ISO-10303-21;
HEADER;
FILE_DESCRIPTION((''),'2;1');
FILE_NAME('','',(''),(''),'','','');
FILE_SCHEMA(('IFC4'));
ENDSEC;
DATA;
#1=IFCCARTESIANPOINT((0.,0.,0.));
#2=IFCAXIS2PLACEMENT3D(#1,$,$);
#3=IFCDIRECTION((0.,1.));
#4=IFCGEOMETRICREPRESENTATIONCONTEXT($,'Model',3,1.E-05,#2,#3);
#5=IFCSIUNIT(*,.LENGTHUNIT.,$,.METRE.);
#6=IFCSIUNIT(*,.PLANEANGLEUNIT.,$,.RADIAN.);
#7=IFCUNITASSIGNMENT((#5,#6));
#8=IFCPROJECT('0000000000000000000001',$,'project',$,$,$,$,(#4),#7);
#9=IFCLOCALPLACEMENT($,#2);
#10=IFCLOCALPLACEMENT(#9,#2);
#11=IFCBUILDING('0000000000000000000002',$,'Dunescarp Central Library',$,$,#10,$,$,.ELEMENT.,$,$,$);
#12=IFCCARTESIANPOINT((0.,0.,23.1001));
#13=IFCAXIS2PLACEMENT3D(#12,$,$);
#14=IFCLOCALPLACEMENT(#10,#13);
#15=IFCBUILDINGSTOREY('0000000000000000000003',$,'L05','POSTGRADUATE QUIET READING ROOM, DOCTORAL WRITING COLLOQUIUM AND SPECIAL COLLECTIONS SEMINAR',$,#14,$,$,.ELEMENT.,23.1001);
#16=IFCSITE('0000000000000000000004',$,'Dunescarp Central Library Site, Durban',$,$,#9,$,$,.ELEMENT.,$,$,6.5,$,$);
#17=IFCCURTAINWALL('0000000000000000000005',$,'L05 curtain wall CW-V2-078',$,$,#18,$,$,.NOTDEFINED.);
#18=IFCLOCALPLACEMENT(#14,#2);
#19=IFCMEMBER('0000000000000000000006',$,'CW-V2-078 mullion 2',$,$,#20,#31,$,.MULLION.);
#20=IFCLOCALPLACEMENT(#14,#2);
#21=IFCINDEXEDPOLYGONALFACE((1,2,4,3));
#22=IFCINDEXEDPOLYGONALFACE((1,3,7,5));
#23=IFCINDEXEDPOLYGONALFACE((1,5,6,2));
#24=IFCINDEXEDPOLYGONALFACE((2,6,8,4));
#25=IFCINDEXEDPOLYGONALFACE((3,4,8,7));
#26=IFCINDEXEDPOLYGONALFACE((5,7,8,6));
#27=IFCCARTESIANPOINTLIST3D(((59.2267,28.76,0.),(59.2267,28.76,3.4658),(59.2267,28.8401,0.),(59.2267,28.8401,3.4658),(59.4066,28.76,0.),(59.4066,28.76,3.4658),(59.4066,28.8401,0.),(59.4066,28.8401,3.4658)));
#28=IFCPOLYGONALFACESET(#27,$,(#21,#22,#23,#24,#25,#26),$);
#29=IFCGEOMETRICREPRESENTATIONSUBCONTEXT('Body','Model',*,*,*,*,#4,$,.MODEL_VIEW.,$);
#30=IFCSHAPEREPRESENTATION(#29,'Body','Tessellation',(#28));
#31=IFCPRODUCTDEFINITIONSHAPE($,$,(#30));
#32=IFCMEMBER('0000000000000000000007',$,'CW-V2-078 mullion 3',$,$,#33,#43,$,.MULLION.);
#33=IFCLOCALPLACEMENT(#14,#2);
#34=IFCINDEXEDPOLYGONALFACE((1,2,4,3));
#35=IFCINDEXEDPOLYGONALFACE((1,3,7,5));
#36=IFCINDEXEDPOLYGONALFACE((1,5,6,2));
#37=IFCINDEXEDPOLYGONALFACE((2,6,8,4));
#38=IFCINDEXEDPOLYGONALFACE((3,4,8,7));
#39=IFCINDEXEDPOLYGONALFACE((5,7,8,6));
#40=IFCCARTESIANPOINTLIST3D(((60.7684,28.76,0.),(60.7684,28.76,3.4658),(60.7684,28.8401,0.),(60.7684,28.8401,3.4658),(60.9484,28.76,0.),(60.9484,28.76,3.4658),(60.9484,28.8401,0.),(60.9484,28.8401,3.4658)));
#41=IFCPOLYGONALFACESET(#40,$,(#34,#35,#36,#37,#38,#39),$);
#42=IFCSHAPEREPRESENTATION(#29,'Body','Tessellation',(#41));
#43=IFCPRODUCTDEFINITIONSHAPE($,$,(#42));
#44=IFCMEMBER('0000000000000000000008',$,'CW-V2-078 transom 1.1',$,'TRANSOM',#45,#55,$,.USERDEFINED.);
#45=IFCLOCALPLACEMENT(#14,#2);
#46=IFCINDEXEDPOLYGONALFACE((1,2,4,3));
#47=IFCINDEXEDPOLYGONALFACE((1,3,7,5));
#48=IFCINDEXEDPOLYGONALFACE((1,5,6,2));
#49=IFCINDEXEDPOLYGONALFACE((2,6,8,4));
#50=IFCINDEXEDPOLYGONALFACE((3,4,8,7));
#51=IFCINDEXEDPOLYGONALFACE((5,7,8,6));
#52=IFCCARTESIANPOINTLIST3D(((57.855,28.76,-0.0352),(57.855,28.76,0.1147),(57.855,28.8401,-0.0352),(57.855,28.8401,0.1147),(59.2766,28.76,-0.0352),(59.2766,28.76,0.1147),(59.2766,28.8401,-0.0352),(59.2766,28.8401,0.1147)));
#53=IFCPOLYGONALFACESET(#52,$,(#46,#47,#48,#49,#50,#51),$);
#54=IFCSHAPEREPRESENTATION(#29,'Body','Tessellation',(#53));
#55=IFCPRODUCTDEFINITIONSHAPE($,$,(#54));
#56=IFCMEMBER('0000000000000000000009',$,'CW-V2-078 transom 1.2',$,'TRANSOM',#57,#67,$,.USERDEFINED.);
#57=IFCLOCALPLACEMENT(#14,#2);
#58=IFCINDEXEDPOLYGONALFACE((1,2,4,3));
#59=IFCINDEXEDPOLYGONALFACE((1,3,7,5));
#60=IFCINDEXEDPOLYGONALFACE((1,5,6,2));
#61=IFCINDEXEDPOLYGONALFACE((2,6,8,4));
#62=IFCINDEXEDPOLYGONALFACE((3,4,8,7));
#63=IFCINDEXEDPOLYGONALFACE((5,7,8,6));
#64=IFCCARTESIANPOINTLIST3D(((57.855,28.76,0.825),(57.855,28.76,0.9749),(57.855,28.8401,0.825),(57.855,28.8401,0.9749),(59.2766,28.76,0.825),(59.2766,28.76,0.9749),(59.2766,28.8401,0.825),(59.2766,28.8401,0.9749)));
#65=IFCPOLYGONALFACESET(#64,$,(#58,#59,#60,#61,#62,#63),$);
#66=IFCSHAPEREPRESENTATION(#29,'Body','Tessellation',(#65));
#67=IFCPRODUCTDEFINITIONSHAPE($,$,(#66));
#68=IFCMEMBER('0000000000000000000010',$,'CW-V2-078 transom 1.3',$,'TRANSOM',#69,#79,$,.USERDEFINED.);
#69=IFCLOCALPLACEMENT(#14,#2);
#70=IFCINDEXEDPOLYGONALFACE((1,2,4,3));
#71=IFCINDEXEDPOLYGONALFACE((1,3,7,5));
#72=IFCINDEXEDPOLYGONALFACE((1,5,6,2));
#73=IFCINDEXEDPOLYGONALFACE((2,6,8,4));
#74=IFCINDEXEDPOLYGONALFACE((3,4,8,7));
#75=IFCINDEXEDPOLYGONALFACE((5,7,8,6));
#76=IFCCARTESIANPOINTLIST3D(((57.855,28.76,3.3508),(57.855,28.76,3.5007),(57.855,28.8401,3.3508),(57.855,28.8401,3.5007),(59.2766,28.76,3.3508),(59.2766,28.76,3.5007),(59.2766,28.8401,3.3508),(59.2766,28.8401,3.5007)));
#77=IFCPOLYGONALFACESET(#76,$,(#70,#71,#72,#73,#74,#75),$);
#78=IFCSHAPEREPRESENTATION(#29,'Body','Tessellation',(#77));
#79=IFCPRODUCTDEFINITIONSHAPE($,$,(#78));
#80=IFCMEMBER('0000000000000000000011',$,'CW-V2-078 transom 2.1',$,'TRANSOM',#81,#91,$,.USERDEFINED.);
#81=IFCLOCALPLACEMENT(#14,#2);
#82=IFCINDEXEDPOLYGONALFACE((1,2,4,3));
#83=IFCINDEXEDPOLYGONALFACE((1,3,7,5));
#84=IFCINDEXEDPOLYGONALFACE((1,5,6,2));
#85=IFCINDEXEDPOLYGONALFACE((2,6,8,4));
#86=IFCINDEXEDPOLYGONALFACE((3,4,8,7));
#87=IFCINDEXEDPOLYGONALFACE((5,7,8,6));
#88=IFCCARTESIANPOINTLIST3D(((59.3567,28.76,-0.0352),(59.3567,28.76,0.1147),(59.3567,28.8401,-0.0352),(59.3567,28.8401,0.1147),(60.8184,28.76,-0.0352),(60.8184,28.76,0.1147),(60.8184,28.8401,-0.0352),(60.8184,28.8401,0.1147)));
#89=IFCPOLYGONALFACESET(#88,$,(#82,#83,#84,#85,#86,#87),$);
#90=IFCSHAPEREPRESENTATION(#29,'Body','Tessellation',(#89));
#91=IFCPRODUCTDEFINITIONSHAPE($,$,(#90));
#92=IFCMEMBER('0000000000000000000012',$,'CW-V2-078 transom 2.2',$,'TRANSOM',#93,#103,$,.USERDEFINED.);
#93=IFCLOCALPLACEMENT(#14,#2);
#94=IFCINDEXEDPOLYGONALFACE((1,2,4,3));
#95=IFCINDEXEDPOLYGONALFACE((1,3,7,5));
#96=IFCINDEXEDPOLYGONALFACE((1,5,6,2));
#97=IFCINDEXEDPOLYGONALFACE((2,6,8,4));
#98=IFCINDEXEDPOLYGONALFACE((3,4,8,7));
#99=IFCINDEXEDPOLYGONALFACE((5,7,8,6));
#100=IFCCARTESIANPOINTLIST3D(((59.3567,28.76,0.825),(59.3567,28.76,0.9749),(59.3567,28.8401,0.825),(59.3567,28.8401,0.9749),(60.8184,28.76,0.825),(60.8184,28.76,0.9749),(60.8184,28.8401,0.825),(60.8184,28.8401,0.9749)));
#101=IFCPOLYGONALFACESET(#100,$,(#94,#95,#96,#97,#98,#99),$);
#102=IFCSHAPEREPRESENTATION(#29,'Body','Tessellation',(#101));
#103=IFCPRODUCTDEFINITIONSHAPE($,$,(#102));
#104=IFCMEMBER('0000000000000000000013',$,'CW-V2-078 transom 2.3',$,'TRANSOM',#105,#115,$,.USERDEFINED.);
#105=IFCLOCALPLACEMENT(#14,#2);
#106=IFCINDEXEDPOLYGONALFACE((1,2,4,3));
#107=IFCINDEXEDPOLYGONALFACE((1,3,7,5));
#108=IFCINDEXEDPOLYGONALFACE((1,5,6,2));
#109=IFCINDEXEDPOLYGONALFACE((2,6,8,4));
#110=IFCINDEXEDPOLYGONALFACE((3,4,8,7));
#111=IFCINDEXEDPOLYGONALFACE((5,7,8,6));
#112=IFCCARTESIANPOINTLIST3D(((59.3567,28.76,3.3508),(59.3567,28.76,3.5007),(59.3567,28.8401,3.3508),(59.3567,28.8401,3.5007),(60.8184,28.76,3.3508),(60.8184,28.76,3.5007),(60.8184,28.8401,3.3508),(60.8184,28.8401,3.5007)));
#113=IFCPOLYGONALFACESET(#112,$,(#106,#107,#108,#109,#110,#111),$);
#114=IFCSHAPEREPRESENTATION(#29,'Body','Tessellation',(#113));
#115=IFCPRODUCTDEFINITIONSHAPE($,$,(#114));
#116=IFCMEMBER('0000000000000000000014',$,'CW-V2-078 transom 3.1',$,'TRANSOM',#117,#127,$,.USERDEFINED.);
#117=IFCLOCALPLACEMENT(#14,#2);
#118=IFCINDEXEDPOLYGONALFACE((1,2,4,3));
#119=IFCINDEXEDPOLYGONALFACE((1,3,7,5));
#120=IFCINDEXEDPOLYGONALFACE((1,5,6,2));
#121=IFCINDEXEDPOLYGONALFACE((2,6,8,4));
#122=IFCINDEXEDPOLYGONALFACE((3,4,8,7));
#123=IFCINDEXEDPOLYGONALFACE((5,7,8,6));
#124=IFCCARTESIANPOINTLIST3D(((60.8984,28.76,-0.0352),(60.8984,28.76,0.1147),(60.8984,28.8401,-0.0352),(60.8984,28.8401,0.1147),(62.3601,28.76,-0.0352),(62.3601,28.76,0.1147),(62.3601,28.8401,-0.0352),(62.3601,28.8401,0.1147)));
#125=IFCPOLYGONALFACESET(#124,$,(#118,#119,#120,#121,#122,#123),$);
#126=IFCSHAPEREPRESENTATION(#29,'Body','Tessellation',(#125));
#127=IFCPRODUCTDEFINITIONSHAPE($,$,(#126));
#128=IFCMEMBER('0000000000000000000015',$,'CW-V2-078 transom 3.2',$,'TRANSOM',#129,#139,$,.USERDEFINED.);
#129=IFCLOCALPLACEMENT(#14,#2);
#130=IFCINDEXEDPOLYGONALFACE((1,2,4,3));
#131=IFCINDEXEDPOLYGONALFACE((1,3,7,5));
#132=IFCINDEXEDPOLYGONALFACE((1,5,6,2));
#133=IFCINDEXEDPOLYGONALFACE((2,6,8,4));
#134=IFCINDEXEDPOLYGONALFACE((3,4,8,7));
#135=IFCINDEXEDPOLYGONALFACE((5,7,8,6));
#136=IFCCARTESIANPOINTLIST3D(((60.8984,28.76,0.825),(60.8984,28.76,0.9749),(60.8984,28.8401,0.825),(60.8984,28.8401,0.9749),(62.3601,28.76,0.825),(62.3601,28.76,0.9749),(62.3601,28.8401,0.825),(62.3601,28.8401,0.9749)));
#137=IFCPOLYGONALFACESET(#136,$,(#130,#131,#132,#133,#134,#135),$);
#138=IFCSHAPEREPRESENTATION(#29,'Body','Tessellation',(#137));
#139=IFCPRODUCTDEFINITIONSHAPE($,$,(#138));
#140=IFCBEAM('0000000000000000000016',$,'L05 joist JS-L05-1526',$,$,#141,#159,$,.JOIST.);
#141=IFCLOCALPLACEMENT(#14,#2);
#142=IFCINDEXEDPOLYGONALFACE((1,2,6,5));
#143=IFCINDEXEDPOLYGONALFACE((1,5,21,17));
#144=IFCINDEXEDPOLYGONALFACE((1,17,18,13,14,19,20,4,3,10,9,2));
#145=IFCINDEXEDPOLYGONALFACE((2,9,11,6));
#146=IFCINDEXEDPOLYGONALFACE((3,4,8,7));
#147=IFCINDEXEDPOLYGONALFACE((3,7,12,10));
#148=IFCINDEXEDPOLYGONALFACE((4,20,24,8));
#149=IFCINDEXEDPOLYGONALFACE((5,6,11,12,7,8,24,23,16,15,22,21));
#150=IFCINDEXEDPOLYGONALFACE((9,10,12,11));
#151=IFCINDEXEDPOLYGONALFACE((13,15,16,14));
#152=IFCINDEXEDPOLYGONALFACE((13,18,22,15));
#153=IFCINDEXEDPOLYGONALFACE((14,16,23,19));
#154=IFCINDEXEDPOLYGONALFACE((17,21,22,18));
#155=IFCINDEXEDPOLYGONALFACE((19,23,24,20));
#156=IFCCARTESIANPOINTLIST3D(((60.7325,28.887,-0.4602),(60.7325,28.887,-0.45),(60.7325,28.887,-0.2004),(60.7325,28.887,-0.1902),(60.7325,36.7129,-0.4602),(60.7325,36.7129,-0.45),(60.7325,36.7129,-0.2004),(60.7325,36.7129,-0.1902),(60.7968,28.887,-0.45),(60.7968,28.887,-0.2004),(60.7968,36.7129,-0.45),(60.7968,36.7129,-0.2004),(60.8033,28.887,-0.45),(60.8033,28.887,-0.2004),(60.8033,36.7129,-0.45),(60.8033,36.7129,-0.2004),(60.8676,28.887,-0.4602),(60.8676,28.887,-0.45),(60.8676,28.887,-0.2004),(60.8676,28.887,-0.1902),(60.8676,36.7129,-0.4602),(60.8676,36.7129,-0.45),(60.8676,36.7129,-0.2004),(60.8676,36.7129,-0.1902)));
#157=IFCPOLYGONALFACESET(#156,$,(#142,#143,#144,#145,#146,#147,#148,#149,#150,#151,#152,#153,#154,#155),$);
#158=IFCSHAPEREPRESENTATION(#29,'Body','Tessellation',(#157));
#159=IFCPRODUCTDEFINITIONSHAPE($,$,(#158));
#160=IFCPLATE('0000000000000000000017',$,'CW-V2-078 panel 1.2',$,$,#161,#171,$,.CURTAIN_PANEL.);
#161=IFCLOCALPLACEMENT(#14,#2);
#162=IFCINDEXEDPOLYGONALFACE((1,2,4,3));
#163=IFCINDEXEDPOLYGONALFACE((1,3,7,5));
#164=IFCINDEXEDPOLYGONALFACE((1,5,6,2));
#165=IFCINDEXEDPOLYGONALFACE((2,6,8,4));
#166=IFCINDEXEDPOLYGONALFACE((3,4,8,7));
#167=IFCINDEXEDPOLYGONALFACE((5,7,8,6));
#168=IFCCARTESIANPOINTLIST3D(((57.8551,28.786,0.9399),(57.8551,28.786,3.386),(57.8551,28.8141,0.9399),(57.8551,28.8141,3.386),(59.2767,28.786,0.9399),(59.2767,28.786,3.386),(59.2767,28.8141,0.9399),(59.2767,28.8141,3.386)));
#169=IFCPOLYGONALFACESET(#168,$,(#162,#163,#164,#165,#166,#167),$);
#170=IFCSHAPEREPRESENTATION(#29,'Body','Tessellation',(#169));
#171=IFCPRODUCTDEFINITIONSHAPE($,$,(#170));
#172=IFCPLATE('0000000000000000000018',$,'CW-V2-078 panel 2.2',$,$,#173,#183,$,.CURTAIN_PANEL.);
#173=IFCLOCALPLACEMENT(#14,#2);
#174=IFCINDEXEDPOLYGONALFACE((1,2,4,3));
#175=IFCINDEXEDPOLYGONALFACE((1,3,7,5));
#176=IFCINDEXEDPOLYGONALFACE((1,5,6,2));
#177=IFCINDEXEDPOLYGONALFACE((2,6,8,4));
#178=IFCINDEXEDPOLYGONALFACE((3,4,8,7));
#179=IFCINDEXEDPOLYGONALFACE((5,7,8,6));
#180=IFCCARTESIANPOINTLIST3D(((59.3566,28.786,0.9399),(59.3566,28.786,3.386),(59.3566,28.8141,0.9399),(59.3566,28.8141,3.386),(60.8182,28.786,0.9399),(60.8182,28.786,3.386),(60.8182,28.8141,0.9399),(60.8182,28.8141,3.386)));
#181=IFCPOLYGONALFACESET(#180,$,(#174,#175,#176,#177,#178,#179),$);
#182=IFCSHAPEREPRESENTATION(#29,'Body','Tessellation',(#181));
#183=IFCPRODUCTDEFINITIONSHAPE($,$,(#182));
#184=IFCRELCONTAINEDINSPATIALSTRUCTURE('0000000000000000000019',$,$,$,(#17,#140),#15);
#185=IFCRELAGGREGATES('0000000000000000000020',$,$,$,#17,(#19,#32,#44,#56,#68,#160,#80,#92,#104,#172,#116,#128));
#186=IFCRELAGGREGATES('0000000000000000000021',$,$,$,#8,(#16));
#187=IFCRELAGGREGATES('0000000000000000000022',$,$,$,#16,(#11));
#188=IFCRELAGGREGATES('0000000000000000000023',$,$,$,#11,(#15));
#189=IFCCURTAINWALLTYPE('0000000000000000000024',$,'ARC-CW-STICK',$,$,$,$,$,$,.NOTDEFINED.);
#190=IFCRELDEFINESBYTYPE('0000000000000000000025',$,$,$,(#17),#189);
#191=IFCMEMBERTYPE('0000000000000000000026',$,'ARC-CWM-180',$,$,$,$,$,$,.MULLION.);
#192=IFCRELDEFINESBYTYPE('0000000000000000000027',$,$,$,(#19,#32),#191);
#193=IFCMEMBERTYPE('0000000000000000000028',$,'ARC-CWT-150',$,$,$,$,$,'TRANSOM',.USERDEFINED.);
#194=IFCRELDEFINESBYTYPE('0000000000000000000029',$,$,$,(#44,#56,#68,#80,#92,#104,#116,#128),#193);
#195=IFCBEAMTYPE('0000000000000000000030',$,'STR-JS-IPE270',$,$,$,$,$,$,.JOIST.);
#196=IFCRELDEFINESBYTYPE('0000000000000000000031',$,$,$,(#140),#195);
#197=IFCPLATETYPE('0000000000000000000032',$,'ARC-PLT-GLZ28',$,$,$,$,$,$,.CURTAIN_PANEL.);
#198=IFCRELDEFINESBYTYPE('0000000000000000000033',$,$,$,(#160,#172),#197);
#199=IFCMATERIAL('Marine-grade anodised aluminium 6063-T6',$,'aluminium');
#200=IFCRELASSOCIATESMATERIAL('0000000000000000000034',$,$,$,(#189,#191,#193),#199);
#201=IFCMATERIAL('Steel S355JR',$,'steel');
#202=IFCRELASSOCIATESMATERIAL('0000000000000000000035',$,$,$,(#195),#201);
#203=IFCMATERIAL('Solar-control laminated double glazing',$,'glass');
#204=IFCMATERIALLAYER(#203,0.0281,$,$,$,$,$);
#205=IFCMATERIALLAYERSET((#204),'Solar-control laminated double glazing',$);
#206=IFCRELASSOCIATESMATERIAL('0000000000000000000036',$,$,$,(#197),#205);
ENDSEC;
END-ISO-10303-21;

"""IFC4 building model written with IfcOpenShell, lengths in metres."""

from ifc_helpers import new_model, si_unit, direction, frame, origin, origin_2d, place, context, subcontext, project, spatial, rectangle, i_section, extrude, material, layer, layer_set, material_profile, profile_set, type_object, element, aggregate, save


model = new_model("IFC4")

# Units and contexts
model_context = context("Model", 3, precision=1e-05, world=origin(), true_north=direction((0.0, 1.0)))
body_context = subcontext(model_context, "Body", "Model", "MODEL_VIEW")
ifc_project = project(units=[si_unit("LENGTHUNIT", "METRE"), si_unit("PLANEANGLEUNIT", "RADIAN")], contexts=[model_context])

# Site, building, storey
site_placement = place(None, origin())
site = spatial("IfcSite", under=ifc_project, at=site_placement, Name="Dunescarp Central Library Site, Durban", CompositionType="ELEMENT", RefElevation=6.5)
building_placement = place(site_placement, origin())
building = spatial("IfcBuilding", under=site, at=building_placement, Name="Dunescarp Central Library", CompositionType="ELEMENT")
storey_placement = place(building_placement, frame((0.0, 0.0, 23.1001)))
storey = spatial("IfcBuildingStorey", under=building, at=storey_placement, Name="L05", Description="POSTGRADUATE QUIET READING ROOM, DOCTORAL WRITING COLLOQUIUM AND SPECIAL COLLECTIONS SEMINAR", CompositionType="ELEMENT", Elevation=23.1001)

# Curtain wall, members
ifc_material_1 = material(Name="Marine-grade anodised aluminium 6063-T6", Category="aluminium")
curtain_wall_type = type_object("IfcCurtainWallType", Name="ARC-CW-STICK", PredefinedType="NOTDEFINED", material=ifc_material_1)
curtain_wall_placement = place(storey_placement, origin())
curtain_wall = element("IfcCurtainWall", 1, at=curtain_wall_placement, inside=storey, type_object=curtain_wall_type, Name="L05 curtain wall CW-V2-078", PredefinedType="NOTDEFINED")
ifc_material_profile_1 = material_profile(ifc_material_1, rectangle(XDim=0.0801, YDim=0.1799, at=origin_2d()), Name="AL 80x180")
ifc_profile_set_1 = profile_set([ifc_material_profile_1], Name="Marine-grade anodised aluminium 6063-T6")
member_type_1 = type_object("IfcMemberType", Name="ARC-CWM-180", PredefinedType="MULLION", material=ifc_profile_set_1)
member_1_placement = place(storey_placement, frame((59.3167, 28.8, 0.0), z_axis=(0.0, 0.0, 1.0), x_axis=(0.0, 1.0, 0.0)))
member_1 = element("IfcMember", 2, at=member_1_placement, type_object=member_type_1, Name="CW-V2-078 mullion 2", PredefinedType="MULLION", context=body_context, shape_type="SweptSolid", body=[
    extrude(rectangle(XDim=0.0801, YDim=0.1799, at=origin_2d()), origin(), (0.0, 0.0, 1.0), 3.4658),
])
member_2_placement = place(storey_placement, frame((60.8584, 28.8, 0.0), z_axis=(0.0, 0.0, 1.0), x_axis=(0.0, 1.0, 0.0)))
member_2 = element("IfcMember", 3, at=member_2_placement, type_object=member_type_1, Name="CW-V2-078 mullion 3", PredefinedType="MULLION", context=body_context, shape_type="SweptSolid", body=[
    extrude(rectangle(XDim=0.0801, YDim=0.1799, at=origin_2d()), origin(), (0.0, 0.0, 1.0), 3.4658),
])
ifc_material_profile_2 = material_profile(ifc_material_1, rectangle(XDim=0.0801, YDim=0.1499, at=origin_2d()), Name="AL 80x150")
ifc_profile_set_2 = profile_set([ifc_material_profile_2], Name="Marine-grade anodised aluminium 6063-T6")
member_type_2 = type_object("IfcMemberType", Name="ARC-CWT-150", ElementType="TRANSOM", PredefinedType="USERDEFINED", material=ifc_profile_set_2)
member_3_placement = place(storey_placement, frame((57.855, 28.8, 0.0398), z_axis=(1.0, 0.0, 0.0), x_axis=(0.0, 1.0, 0.0)))
member_3 = element("IfcMember", 4, at=member_3_placement, type_object=member_type_2, Name="CW-V2-078 transom 1.1", ObjectType="TRANSOM", PredefinedType="USERDEFINED", context=body_context, shape_type="SweptSolid", body=[
    extrude(rectangle(XDim=0.0801, YDim=0.1499, at=origin_2d()), origin(), (0.0, 0.0, 1.0), 1.4216),
])
member_4_placement = place(storey_placement, frame((57.855, 28.8, 0.8999), z_axis=(1.0, 0.0, 0.0), x_axis=(0.0, 1.0, 0.0)))
member_4 = element("IfcMember", 5, at=member_4_placement, type_object=member_type_2, Name="CW-V2-078 transom 1.2", ObjectType="TRANSOM", PredefinedType="USERDEFINED", context=body_context, shape_type="SweptSolid", body=[
    extrude(rectangle(XDim=0.0801, YDim=0.1499, at=origin_2d()), origin(), (0.0, 0.0, 1.0), 1.4216),
])
member_5_placement = place(storey_placement, frame((57.855, 28.8, 3.4258), z_axis=(1.0, 0.0, 0.0), x_axis=(0.0, 1.0, 0.0)))
member_5 = element("IfcMember", 6, at=member_5_placement, type_object=member_type_2, Name="CW-V2-078 transom 1.3", ObjectType="TRANSOM", PredefinedType="USERDEFINED", context=body_context, shape_type="SweptSolid", body=[
    extrude(rectangle(XDim=0.0801, YDim=0.1499, at=origin_2d()), origin(), (0.0, 0.0, 1.0), 1.4216),
])
member_6_placement = place(storey_placement, frame((59.3567, 28.8, 0.0398), z_axis=(1.0, 0.0, 0.0), x_axis=(0.0, 1.0, 0.0)))
member_6 = element("IfcMember", 7, at=member_6_placement, type_object=member_type_2, Name="CW-V2-078 transom 2.1", ObjectType="TRANSOM", PredefinedType="USERDEFINED", context=body_context, shape_type="SweptSolid", body=[
    extrude(rectangle(XDim=0.0801, YDim=0.1499, at=origin_2d()), origin(), (0.0, 0.0, 1.0), 1.4617),
])
member_7_placement = place(storey_placement, frame((59.3567, 28.8, 0.8999), z_axis=(1.0, 0.0, 0.0), x_axis=(0.0, 1.0, 0.0)))
member_7 = element("IfcMember", 8, at=member_7_placement, type_object=member_type_2, Name="CW-V2-078 transom 2.2", ObjectType="TRANSOM", PredefinedType="USERDEFINED", context=body_context, shape_type="SweptSolid", body=[
    extrude(rectangle(XDim=0.0801, YDim=0.1499, at=origin_2d()), origin(), (0.0, 0.0, 1.0), 1.4617),
])
member_8_placement = place(storey_placement, frame((59.3567, 28.8, 3.4258), z_axis=(1.0, 0.0, 0.0), x_axis=(0.0, 1.0, 0.0)))
member_8 = element("IfcMember", 9, at=member_8_placement, type_object=member_type_2, Name="CW-V2-078 transom 2.3", ObjectType="TRANSOM", PredefinedType="USERDEFINED", context=body_context, shape_type="SweptSolid", body=[
    extrude(rectangle(XDim=0.0801, YDim=0.1499, at=origin_2d()), origin(), (0.0, 0.0, 1.0), 1.4617),
])
member_9_placement = place(storey_placement, frame((60.8984, 28.8, 0.0398), z_axis=(1.0, 0.0, 0.0), x_axis=(0.0, 1.0, 0.0)))
member_9 = element("IfcMember", 10, at=member_9_placement, type_object=member_type_2, Name="CW-V2-078 transom 3.1", ObjectType="TRANSOM", PredefinedType="USERDEFINED", context=body_context, shape_type="SweptSolid", body=[
    extrude(rectangle(XDim=0.0801, YDim=0.1499, at=origin_2d()), origin(), (0.0, 0.0, 1.0), 1.4617),
])
member_10_placement = place(storey_placement, frame((60.8984, 28.8, 0.8999), z_axis=(1.0, 0.0, 0.0), x_axis=(0.0, 1.0, 0.0)))
member_10 = element("IfcMember", 11, at=member_10_placement, type_object=member_type_2, Name="CW-V2-078 transom 3.2", ObjectType="TRANSOM", PredefinedType="USERDEFINED", context=body_context, shape_type="SweptSolid", body=[
    extrude(rectangle(XDim=0.0801, YDim=0.1499, at=origin_2d()), origin(), (0.0, 0.0, 1.0), 1.4617),
])

# Beam
ifc_material_2 = material(Name="Steel S355JR", Category="steel")
ifc_material_profile_3 = material_profile(ifc_material_2, i_section(OverallWidth=0.135, OverallDepth=0.27, WebThickness=0.0066, FlangeThickness=0.0103, at=origin_2d()), Name="IPE 270")
ifc_profile_set_3 = profile_set([ifc_material_profile_3], Name="Steel S355JR")
beam_type = type_object("IfcBeamType", Name="STR-JS-IPE270", PredefinedType="JOIST", material=ifc_profile_set_3)
beam_placement = place(storey_placement, frame((60.8, 28.887, -0.3252), z_axis=(0.0, 1.0, 0.0), x_axis=(-1.0, 0.0, 0.0)))
element("IfcBeam", 12, at=beam_placement, inside=storey, type_object=beam_type, Name="L05 joist JS-L05-1526", PredefinedType="JOIST", context=body_context, shape_type="SweptSolid", body=[
    extrude(i_section(OverallWidth=0.135, OverallDepth=0.27, WebThickness=0.0066, FlangeThickness=0.0103, at=origin_2d()), origin(), (0.0, 0.0, 1.0), 7.8259),
])

# Plates
ifc_material_3 = material(Name="Solar-control laminated double glazing", Category="glass")
ifc_layer_1 = layer(ifc_material_3, 0.0281)
ifc_layer_set_1 = layer_set([ifc_layer_1], Name="Solar-control laminated double glazing")
plate_type_1 = type_object("IfcPlateType", Name="ARC-PLT-GLZ28", PredefinedType="CURTAIN_PANEL", material=ifc_layer_set_1)
plate_1_placement = place(storey_placement, frame((58.5659, 28.8, 0.9399), z_axis=(0.0, 0.0, 1.0), x_axis=(1.0, 0.0, 0.0)))
plate_1 = element("IfcPlate", 13, at=plate_1_placement, type_object=plate_type_1, Name="CW-V2-078 panel 1.2", PredefinedType="CURTAIN_PANEL", context=body_context, shape_type="SweptSolid", body=[
    extrude(rectangle(XDim=1.4216, YDim=0.0281, at=origin_2d()), origin(), (0.0, 0.0, 1.0), 2.446),
])
plate_2_placement = place(storey_placement, frame((60.0874, 28.8, 0.9399), z_axis=(0.0, 0.0, 1.0), x_axis=(1.0, 0.0, 0.0)))
plate_2 = element("IfcPlate", 14, at=plate_2_placement, type_object=plate_type_1, Name="CW-V2-078 panel 2.2", PredefinedType="CURTAIN_PANEL", context=body_context, shape_type="SweptSolid", body=[
    extrude(rectangle(XDim=1.4617, YDim=0.0281, at=origin_2d()), origin(), (0.0, 0.0, 1.0), 2.446),
])
aggregate(curtain_wall, [member_1, member_2, member_3, member_4, member_5, plate_1, member_6, member_7, member_8, plate_2, member_9, member_10])

save(model, "model.ifc")
